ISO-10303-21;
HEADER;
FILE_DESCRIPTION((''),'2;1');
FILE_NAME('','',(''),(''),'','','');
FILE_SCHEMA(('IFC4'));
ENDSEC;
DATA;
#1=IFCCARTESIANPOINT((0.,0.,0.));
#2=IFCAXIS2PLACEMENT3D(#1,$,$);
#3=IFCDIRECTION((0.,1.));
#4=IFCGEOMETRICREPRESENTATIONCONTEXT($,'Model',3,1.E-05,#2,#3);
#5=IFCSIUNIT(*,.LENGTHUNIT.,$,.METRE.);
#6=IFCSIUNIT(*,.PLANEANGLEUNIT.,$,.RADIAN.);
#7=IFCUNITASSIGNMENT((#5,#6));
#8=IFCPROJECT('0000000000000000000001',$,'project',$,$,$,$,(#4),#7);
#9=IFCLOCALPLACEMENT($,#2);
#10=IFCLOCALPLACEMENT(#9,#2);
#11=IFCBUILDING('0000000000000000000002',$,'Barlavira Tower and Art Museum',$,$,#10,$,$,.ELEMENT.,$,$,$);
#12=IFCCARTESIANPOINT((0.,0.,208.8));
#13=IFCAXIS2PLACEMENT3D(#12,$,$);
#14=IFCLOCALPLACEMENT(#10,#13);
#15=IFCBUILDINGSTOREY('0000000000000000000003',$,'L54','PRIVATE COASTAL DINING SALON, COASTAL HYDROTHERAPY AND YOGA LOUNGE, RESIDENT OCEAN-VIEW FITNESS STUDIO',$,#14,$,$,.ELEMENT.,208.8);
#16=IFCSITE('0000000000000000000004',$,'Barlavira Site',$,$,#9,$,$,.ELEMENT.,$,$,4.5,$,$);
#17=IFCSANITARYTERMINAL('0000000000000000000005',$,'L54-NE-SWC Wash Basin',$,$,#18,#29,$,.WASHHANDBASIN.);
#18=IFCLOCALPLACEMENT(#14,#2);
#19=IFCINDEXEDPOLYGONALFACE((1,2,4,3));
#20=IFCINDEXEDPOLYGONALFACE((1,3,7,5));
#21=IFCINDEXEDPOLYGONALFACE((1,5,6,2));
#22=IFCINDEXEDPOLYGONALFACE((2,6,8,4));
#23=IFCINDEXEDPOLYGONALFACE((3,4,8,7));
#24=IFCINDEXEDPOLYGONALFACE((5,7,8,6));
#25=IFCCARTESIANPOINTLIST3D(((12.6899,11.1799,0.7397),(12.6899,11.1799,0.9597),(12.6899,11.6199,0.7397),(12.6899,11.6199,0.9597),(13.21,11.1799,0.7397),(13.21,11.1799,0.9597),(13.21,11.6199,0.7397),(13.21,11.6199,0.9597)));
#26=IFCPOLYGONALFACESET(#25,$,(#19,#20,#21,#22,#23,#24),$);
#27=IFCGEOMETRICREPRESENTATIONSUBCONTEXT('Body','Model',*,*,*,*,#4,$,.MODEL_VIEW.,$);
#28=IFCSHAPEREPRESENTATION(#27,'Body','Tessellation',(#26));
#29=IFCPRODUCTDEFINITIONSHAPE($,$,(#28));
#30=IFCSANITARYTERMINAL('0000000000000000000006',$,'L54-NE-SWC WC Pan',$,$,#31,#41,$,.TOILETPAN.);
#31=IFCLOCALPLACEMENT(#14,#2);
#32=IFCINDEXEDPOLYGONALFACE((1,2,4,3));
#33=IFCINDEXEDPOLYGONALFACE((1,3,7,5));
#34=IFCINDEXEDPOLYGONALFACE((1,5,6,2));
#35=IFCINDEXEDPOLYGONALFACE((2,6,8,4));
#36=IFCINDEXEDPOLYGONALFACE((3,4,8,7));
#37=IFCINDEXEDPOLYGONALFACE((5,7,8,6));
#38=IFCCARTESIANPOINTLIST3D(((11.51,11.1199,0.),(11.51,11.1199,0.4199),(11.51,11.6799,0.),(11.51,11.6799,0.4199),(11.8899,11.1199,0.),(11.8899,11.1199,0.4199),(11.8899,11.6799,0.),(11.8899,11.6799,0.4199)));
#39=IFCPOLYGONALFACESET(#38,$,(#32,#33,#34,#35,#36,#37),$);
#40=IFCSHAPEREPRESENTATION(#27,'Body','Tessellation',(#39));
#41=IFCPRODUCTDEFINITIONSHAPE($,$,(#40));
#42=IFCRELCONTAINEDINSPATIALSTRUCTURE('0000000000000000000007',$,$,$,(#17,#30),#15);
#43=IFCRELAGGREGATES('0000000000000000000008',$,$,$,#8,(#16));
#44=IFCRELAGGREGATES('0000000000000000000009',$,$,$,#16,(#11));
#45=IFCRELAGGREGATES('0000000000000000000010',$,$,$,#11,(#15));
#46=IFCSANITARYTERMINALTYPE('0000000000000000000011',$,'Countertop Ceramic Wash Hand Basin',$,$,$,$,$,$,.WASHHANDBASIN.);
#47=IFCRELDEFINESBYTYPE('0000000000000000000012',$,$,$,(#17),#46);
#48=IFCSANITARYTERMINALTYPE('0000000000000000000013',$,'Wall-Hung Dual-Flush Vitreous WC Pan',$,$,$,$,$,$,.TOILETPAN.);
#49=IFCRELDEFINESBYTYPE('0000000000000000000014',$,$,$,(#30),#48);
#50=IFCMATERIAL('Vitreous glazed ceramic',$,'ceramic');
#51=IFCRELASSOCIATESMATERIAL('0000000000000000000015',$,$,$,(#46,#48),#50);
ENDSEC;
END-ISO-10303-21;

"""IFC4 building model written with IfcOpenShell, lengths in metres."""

from ifc_helpers import new_model, si_unit, direction, frame, origin, origin_2d, place, context, subcontext, project, spatial, rectangle, extrude, material, type_object, element, save


model = new_model("IFC4")

# Units and contexts
model_context = context("Model", 3, precision=1e-05, world=origin(), true_north=direction((0.0, 1.0)))
body_context = subcontext(model_context, "Body", "Model", "MODEL_VIEW")
ifc_project = project(units=[si_unit("LENGTHUNIT", "METRE"), si_unit("PLANEANGLEUNIT", "RADIAN")], contexts=[model_context])

# Site, building, storey
site_placement = place(None, origin())
site = spatial("IfcSite", under=ifc_project, at=site_placement, Name="Barlavira Site", CompositionType="ELEMENT", RefElevation=4.5)
building_placement = place(site_placement, origin())
building = spatial("IfcBuilding", under=site, at=building_placement, Name="Barlavira Tower and Art Museum", CompositionType="ELEMENT")
storey_placement = place(building_placement, frame((0.0, 0.0, 208.8)))
storey = spatial("IfcBuildingStorey", under=building, at=storey_placement, Name="L54", Description="PRIVATE COASTAL DINING SALON, COASTAL HYDROTHERAPY AND YOGA LOUNGE, RESIDENT OCEAN-VIEW FITNESS STUDIO", CompositionType="ELEMENT", Elevation=208.8)

# Sanitary terminals
ifc_material_1 = material(Name="Vitreous glazed ceramic", Category="ceramic")
sanitary_terminal_type_1 = type_object("IfcSanitaryTerminalType", Name="Countertop Ceramic Wash Hand Basin", PredefinedType="WASHHANDBASIN", material=ifc_material_1)
sanitary_terminal_1_placement = place(storey_placement, frame((12.95, 11.3999, 0.7397), z_axis=(0.0, 0.0, 1.0), x_axis=(1.0, 0.0, 0.0)))
element("IfcSanitaryTerminal", 1, at=sanitary_terminal_1_placement, inside=storey, type_object=sanitary_terminal_type_1, Name="L54-NE-SWC Wash Basin", PredefinedType="WASHHANDBASIN", context=body_context, shape_type="SweptSolid", body=[
    extrude(rectangle(XDim=0.52, YDim=0.4399, at=origin_2d()), origin(), (0.0, 0.0, 1.0), 0.22),
])
sanitary_terminal_type_2 = type_object("IfcSanitaryTerminalType", Name="Wall-Hung Dual-Flush Vitreous WC Pan", PredefinedType="TOILETPAN", material=ifc_material_1)
sanitary_terminal_2_placement = place(storey_placement, frame((11.7, 11.3999, 0.0), z_axis=(0.0, 0.0, 1.0), x_axis=(1.0, 0.0, 0.0)))
element("IfcSanitaryTerminal", 2, at=sanitary_terminal_2_placement, inside=storey, type_object=sanitary_terminal_type_2, Name="L54-NE-SWC WC Pan", PredefinedType="TOILETPAN", context=body_context, shape_type="SweptSolid", body=[
    extrude(rectangle(XDim=0.3799, YDim=0.5601, at=origin_2d()), origin(), (0.0, 0.0, 1.0), 0.4199),
])

save(model, "model.ifc")
